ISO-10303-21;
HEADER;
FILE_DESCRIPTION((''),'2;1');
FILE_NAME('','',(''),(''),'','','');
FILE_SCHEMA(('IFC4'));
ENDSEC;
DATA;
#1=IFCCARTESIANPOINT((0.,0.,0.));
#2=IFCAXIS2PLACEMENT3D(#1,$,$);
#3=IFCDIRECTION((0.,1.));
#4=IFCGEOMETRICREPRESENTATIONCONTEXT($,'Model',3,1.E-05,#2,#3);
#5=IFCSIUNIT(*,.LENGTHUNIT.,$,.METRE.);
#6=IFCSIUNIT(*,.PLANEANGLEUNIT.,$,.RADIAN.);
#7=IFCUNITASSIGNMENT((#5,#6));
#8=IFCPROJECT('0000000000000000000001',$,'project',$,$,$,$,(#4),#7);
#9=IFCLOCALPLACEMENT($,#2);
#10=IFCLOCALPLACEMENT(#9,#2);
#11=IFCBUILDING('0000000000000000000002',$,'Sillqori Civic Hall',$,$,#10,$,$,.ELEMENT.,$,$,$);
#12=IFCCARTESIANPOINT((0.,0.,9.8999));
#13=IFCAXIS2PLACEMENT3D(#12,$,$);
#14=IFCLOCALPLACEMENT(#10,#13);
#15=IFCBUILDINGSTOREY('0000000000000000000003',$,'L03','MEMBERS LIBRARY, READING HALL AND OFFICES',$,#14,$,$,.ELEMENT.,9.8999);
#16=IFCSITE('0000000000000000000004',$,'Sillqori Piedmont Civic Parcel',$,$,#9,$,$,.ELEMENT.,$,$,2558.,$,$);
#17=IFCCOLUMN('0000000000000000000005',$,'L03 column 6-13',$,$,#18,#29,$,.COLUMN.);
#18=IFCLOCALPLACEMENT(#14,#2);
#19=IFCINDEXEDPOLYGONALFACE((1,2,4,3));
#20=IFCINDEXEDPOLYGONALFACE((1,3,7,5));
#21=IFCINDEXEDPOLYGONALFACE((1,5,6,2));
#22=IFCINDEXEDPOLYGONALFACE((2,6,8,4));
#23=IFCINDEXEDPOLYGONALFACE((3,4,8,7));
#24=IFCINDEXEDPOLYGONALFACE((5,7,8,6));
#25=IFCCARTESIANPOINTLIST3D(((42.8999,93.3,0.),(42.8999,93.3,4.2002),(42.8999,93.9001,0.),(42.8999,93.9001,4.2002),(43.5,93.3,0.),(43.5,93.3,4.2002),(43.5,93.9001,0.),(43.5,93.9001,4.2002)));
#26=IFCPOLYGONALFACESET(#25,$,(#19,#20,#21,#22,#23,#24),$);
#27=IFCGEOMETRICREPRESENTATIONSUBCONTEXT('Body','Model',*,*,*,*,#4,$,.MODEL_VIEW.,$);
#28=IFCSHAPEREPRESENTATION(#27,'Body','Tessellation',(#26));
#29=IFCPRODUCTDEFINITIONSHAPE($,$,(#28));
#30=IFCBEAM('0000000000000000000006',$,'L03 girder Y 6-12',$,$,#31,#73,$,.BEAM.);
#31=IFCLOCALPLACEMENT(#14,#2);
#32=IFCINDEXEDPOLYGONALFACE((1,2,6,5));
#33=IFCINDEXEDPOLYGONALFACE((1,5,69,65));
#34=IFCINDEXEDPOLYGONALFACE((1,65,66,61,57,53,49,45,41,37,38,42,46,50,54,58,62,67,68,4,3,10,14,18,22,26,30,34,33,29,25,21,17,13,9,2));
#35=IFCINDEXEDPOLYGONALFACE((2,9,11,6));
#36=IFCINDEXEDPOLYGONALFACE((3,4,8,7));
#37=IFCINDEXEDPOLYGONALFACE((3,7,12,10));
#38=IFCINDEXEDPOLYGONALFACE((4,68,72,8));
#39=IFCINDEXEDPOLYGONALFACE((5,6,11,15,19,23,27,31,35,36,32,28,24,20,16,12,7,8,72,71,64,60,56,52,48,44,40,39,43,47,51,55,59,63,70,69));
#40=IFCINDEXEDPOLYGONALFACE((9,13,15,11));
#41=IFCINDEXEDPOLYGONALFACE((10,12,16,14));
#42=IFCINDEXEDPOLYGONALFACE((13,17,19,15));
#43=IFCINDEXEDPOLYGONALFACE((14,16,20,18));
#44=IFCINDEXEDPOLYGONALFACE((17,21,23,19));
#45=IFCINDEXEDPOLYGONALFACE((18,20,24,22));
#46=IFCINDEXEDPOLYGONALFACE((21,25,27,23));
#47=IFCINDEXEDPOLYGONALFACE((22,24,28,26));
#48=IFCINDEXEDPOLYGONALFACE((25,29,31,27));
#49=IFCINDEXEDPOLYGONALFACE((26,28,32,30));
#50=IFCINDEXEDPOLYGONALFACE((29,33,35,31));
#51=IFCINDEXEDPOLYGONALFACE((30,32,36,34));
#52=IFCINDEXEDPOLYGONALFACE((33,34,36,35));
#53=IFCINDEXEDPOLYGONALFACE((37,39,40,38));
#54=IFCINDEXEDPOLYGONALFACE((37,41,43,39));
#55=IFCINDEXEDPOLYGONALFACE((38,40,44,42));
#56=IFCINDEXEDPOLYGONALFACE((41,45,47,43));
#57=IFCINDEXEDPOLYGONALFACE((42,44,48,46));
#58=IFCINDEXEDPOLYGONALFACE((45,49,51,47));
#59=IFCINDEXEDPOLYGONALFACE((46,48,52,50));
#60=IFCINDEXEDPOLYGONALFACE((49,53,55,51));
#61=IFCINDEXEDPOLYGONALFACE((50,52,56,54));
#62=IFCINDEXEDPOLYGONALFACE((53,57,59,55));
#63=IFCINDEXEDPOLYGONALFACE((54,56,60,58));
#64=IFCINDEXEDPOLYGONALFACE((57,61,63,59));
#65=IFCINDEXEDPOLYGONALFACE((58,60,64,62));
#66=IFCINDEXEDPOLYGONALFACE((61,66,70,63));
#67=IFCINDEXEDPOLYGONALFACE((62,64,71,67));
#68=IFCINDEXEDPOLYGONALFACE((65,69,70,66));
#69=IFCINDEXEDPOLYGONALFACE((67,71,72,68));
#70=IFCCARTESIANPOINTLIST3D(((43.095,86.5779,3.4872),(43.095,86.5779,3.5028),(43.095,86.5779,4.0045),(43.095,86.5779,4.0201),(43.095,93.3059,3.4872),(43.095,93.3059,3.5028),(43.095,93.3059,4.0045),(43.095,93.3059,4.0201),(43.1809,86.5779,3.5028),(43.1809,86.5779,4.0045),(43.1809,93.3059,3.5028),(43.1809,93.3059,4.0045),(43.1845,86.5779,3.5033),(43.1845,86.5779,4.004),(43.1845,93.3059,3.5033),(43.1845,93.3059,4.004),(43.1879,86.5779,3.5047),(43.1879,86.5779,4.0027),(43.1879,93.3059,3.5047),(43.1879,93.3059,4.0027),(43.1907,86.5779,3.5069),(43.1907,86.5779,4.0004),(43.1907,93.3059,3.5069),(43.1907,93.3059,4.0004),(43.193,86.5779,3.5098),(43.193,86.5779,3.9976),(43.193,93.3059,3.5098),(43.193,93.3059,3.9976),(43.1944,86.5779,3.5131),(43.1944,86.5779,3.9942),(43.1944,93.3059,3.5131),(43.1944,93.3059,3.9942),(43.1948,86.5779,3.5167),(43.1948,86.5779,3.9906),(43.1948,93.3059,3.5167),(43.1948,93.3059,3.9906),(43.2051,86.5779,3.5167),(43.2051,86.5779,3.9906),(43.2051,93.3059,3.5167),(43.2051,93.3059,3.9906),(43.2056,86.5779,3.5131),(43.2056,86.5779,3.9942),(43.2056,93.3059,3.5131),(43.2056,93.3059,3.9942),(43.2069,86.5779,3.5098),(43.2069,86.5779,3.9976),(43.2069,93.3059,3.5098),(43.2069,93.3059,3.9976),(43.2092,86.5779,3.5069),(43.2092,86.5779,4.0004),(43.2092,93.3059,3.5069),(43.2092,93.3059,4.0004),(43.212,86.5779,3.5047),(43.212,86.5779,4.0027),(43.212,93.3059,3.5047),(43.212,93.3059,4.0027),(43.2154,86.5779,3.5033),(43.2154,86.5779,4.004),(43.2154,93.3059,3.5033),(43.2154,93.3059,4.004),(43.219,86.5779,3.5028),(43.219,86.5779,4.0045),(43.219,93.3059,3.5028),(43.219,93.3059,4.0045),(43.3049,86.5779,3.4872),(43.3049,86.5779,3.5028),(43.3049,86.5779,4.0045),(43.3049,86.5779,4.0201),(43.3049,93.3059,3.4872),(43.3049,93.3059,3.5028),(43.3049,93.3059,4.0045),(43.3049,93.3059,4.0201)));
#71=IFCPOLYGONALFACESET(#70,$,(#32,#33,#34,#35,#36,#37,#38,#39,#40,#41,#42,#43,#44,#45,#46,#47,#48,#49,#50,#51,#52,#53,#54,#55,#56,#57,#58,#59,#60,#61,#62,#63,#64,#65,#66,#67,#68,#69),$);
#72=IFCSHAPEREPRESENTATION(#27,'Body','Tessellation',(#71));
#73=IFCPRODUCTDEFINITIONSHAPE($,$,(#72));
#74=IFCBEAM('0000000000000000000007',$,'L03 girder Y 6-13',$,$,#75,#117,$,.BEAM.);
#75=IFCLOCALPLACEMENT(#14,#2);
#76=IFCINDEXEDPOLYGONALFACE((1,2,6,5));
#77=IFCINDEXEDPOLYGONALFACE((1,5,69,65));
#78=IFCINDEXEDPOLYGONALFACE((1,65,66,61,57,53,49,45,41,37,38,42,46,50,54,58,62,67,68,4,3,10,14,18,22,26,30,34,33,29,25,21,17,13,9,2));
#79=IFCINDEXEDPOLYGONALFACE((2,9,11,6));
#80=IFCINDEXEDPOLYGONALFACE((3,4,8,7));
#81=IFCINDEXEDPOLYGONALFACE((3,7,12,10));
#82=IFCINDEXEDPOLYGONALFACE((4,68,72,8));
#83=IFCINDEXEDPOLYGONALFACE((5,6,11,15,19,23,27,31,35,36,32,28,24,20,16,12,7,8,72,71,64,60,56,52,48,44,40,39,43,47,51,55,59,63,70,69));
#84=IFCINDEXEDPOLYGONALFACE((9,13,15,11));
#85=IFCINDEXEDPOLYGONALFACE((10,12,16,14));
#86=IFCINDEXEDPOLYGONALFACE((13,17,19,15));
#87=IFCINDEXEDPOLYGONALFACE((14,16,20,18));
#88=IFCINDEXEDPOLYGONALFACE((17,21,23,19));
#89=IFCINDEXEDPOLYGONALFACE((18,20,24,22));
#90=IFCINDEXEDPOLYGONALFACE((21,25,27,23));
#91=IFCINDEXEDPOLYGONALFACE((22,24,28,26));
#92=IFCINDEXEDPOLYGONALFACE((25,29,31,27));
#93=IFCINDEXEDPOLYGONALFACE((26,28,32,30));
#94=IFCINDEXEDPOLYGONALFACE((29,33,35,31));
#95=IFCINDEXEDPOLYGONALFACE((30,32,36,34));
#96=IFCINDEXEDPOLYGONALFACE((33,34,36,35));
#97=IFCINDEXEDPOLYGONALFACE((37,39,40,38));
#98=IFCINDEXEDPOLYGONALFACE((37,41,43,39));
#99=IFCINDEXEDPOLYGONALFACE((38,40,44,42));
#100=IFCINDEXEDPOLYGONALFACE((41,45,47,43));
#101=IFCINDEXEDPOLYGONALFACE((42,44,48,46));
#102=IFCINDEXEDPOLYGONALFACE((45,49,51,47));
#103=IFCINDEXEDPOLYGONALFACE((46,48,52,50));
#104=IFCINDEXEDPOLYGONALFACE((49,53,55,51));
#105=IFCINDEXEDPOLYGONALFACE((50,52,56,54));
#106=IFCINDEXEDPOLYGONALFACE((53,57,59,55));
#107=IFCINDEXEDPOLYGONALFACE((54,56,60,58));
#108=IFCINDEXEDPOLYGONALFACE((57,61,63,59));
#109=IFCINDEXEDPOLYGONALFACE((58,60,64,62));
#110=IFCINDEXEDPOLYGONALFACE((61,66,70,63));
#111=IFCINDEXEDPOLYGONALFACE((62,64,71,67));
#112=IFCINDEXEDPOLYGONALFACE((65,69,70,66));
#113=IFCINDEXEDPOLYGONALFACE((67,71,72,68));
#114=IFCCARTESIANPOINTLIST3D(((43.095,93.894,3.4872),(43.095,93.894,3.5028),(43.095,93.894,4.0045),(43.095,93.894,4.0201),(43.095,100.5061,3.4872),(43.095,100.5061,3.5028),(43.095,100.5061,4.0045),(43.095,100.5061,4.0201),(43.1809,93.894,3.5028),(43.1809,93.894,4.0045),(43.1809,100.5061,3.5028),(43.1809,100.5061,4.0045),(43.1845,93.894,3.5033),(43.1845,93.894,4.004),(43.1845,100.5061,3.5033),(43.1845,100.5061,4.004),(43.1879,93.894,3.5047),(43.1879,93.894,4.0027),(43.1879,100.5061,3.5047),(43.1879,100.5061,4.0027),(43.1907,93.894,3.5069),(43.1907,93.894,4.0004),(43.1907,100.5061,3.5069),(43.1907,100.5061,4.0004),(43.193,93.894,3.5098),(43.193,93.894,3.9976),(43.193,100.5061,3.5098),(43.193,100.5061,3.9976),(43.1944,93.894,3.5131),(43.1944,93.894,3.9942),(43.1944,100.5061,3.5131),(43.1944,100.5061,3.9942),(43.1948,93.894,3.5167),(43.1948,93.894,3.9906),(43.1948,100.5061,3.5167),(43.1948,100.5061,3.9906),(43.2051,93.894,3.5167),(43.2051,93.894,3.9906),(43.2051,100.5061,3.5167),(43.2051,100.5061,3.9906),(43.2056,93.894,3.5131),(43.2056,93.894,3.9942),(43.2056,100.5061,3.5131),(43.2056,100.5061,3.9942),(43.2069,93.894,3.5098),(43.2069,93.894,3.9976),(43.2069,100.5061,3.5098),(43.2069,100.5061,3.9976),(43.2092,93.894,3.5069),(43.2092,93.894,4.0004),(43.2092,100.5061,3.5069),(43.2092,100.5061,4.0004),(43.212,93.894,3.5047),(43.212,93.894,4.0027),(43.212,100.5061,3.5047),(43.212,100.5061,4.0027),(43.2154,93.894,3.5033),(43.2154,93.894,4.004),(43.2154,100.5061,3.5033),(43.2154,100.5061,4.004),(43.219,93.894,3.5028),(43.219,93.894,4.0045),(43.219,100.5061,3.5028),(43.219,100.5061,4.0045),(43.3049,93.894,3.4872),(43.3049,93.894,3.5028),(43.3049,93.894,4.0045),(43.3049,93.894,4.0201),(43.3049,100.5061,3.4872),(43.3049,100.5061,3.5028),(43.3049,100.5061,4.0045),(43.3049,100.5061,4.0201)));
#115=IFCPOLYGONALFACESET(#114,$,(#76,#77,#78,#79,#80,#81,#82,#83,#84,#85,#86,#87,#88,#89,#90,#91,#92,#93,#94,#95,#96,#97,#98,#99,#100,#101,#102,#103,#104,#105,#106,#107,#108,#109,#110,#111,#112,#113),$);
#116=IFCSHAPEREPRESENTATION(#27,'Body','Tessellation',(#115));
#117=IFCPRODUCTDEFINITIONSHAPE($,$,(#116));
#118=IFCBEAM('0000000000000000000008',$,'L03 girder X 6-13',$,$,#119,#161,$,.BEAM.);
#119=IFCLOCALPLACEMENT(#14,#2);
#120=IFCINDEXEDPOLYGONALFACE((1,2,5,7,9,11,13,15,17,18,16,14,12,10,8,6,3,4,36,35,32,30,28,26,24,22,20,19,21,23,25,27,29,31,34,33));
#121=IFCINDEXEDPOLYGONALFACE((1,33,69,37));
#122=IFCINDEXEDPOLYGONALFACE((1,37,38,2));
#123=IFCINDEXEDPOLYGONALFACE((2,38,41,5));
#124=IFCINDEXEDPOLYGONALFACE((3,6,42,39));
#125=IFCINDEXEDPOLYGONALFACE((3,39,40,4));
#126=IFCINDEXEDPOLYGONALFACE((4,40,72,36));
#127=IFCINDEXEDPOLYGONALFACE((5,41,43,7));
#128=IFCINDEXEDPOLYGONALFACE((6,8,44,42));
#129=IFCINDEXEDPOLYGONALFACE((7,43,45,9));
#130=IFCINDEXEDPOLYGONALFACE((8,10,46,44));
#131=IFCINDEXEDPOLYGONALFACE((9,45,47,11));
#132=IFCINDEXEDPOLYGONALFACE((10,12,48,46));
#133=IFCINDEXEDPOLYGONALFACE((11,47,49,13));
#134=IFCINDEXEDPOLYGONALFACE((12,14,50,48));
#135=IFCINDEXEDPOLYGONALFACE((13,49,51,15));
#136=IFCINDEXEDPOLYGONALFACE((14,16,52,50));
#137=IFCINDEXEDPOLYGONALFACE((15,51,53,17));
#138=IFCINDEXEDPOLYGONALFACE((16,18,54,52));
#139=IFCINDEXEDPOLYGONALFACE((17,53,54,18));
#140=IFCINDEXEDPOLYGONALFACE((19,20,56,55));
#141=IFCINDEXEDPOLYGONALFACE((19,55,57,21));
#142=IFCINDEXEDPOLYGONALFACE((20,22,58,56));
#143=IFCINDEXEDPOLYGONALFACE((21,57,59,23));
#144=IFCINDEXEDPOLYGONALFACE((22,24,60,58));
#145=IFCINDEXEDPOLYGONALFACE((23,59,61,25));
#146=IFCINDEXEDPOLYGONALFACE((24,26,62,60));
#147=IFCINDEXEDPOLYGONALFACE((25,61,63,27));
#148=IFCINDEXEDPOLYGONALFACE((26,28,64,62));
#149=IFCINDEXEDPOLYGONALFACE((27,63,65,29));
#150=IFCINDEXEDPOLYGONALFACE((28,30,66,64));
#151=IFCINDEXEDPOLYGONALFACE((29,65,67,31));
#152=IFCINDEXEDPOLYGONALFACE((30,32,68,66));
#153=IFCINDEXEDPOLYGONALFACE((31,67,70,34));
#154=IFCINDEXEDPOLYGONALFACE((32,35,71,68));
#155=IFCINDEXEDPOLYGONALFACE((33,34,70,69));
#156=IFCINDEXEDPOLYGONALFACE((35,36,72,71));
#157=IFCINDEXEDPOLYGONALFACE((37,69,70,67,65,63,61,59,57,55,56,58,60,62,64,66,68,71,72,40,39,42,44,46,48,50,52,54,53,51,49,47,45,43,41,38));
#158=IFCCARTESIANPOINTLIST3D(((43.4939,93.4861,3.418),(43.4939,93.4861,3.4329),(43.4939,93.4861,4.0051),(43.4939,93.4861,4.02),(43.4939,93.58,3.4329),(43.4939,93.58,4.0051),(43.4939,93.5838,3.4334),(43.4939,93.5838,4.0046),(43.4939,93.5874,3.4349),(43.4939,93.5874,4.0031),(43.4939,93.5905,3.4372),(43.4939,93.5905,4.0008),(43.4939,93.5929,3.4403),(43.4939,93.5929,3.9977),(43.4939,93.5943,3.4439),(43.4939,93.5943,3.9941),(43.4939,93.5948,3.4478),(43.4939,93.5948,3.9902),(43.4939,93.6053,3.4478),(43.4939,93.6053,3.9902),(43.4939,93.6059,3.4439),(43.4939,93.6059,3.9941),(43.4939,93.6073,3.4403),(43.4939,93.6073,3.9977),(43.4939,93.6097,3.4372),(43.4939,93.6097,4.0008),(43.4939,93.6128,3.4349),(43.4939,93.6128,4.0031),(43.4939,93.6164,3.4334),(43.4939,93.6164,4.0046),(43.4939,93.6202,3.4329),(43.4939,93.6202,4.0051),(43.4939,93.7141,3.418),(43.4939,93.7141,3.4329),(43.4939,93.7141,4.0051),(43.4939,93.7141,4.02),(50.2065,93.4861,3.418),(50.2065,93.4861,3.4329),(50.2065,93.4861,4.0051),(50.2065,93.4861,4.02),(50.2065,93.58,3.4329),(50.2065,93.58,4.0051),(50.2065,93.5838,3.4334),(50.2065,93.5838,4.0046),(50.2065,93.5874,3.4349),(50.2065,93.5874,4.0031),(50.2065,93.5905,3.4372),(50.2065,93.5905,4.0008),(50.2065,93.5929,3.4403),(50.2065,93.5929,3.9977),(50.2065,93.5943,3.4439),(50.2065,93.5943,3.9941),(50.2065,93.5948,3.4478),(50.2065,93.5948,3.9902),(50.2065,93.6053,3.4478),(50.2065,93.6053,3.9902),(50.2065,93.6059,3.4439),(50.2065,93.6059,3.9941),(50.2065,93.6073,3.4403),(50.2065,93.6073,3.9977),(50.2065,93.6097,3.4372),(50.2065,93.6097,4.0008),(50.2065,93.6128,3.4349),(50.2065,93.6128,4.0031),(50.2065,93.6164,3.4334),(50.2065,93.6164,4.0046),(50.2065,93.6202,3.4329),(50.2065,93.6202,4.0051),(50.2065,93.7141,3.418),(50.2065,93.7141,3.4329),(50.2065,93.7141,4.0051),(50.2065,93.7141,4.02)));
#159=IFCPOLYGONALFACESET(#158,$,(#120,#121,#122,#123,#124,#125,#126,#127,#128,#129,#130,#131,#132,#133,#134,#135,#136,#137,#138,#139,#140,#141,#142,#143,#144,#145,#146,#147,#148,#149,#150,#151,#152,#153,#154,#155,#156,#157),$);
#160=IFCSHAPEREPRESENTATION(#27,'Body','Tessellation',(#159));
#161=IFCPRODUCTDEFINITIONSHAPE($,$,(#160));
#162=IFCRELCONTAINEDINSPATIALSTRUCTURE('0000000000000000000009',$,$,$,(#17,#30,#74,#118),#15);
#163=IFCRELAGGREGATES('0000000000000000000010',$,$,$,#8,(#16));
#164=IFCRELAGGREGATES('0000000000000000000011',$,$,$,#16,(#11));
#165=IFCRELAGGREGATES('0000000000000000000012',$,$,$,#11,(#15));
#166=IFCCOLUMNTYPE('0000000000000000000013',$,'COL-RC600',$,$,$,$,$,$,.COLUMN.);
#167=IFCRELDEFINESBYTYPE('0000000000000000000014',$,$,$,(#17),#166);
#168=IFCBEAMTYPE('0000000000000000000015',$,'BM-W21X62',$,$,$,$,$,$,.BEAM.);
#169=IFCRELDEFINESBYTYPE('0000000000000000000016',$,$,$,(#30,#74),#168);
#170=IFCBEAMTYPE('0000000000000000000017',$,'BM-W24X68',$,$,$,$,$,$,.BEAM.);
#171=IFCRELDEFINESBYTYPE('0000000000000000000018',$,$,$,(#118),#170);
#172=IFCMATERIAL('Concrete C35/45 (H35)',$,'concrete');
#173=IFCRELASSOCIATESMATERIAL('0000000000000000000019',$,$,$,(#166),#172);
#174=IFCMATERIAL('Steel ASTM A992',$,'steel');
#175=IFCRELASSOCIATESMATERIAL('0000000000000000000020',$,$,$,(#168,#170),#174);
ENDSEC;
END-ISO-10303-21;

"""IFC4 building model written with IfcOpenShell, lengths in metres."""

from ifc_helpers import new_model, si_unit, direction, frame, origin, origin_2d, place, context, subcontext, project, spatial, rectangle, i_section, extrude, material, material_profile, profile_set, type_object, element, save


model = new_model("IFC4")

# Units and contexts
model_context = context("Model", 3, precision=1e-05, world=origin(), true_north=direction((0.0, 1.0)))
body_context = subcontext(model_context, "Body", "Model", "MODEL_VIEW")
ifc_project = project(units=[si_unit("LENGTHUNIT", "METRE"), si_unit("PLANEANGLEUNIT", "RADIAN")], contexts=[model_context])

# Site, building, storey
site_placement = place(None, origin())
site = spatial("IfcSite", under=ifc_project, at=site_placement, Name="Sillqori Piedmont Civic Parcel", CompositionType="ELEMENT", RefElevation=2558.0)
building_placement = place(site_placement, origin())
building = spatial("IfcBuilding", under=site, at=building_placement, Name="Sillqori Civic Hall", CompositionType="ELEMENT")
storey_placement = place(building_placement, frame((0.0, 0.0, 9.8999)))
storey = spatial("IfcBuildingStorey", under=building, at=storey_placement, Name="L03", Description="MEMBERS LIBRARY, READING HALL AND OFFICES", CompositionType="ELEMENT", Elevation=9.8999)

# Column
ifc_material_1 = material(Name="Concrete C35/45 (H35)", Category="concrete")
ifc_material_profile_1 = material_profile(ifc_material_1, rectangle(XDim=0.6001, YDim=0.6001, at=origin_2d()), Name="RC 600x600")
ifc_profile_set_1 = profile_set([ifc_material_profile_1], Name="Concrete C35/45 (H35)")
column_type = type_object("IfcColumnType", Name="COL-RC600", PredefinedType="COLUMN", material=ifc_profile_set_1)
column_placement = place(storey_placement, frame((43.2, 93.6001, 0.0), z_axis=(0.0, 0.0, 1.0), x_axis=(1.0, 0.0, 0.0)))
element("IfcColumn", 1, at=column_placement, inside=storey, type_object=column_type, Name="L03 column 6-13", PredefinedType="COLUMN", context=body_context, shape_type="SweptSolid", body=[
    extrude(rectangle(XDim=0.6001, YDim=0.6001, at=origin_2d()), origin(), (0.0, 0.0, 1.0), 4.2002),
])

# Beams
ifc_material_2 = material(Name="Steel ASTM A992", Category="steel")
ifc_material_profile_2 = material_profile(ifc_material_2, i_section(OverallWidth=0.21, OverallDepth=0.533, WebThickness=0.0103, FlangeThickness=0.0156, FilletRadius=0.0139, at=origin_2d()), Name="W21X62")
ifc_profile_set_2 = profile_set([ifc_material_profile_2], Name="Steel ASTM A992")
beam_type_1 = type_object("IfcBeamType", Name="BM-W21X62", PredefinedType="BEAM", material=ifc_profile_set_2)
beam_1_placement = place(storey_placement, frame((43.2, 86.5779, 3.7537), z_axis=(0.0, 1.0, 0.0), x_axis=(-1.0, 0.0, 0.0)))
element("IfcBeam", 2, at=beam_1_placement, inside=storey, type_object=beam_type_1, Name="L03 girder Y 6-12", PredefinedType="BEAM", context=body_context, shape_type="SweptSolid", body=[
    extrude(i_section(OverallWidth=0.21, OverallDepth=0.533, WebThickness=0.0103, FlangeThickness=0.0156, FilletRadius=0.0139, at=origin_2d()), origin(), (0.0, 0.0, 1.0), 6.728),
])
beam_2_placement = place(storey_placement, frame((43.2, 93.894, 3.7537), z_axis=(0.0, 1.0, 0.0), x_axis=(-1.0, 0.0, 0.0)))
element("IfcBeam", 3, at=beam_2_placement, inside=storey, type_object=beam_type_1, Name="L03 girder Y 6-13", PredefinedType="BEAM", context=body_context, shape_type="SweptSolid", body=[
    extrude(i_section(OverallWidth=0.21, OverallDepth=0.533, WebThickness=0.0103, FlangeThickness=0.0156, FilletRadius=0.0139, at=origin_2d()), origin(), (0.0, 0.0, 1.0), 6.6121),
])
ifc_material_profile_3 = material_profile(ifc_material_2, i_section(OverallWidth=0.228, OverallDepth=0.6021, WebThickness=0.0105, FlangeThickness=0.0149, FilletRadius=0.0149, at=origin_2d()), Name="W24X68")
ifc_profile_set_3 = profile_set([ifc_material_profile_3], Name="Steel ASTM A992")
beam_type_2 = type_object("IfcBeamType", Name="BM-W24X68", PredefinedType="BEAM", material=ifc_profile_set_3)
beam_3_placement = place(storey_placement, frame((43.4939, 93.6001, 3.719), z_axis=(1.0, 0.0, 0.0), x_axis=(0.0, 1.0, 0.0)))
element("IfcBeam", 4, at=beam_3_placement, inside=storey, type_object=beam_type_2, Name="L03 girder X 6-13", PredefinedType="BEAM", context=body_context, shape_type="SweptSolid", body=[
    extrude(i_section(OverallWidth=0.228, OverallDepth=0.6021, WebThickness=0.0105, FlangeThickness=0.0149, FilletRadius=0.0149, at=origin_2d()), origin(), (0.0, 0.0, 1.0), 6.7126),
])

save(model, "model.ifc")
